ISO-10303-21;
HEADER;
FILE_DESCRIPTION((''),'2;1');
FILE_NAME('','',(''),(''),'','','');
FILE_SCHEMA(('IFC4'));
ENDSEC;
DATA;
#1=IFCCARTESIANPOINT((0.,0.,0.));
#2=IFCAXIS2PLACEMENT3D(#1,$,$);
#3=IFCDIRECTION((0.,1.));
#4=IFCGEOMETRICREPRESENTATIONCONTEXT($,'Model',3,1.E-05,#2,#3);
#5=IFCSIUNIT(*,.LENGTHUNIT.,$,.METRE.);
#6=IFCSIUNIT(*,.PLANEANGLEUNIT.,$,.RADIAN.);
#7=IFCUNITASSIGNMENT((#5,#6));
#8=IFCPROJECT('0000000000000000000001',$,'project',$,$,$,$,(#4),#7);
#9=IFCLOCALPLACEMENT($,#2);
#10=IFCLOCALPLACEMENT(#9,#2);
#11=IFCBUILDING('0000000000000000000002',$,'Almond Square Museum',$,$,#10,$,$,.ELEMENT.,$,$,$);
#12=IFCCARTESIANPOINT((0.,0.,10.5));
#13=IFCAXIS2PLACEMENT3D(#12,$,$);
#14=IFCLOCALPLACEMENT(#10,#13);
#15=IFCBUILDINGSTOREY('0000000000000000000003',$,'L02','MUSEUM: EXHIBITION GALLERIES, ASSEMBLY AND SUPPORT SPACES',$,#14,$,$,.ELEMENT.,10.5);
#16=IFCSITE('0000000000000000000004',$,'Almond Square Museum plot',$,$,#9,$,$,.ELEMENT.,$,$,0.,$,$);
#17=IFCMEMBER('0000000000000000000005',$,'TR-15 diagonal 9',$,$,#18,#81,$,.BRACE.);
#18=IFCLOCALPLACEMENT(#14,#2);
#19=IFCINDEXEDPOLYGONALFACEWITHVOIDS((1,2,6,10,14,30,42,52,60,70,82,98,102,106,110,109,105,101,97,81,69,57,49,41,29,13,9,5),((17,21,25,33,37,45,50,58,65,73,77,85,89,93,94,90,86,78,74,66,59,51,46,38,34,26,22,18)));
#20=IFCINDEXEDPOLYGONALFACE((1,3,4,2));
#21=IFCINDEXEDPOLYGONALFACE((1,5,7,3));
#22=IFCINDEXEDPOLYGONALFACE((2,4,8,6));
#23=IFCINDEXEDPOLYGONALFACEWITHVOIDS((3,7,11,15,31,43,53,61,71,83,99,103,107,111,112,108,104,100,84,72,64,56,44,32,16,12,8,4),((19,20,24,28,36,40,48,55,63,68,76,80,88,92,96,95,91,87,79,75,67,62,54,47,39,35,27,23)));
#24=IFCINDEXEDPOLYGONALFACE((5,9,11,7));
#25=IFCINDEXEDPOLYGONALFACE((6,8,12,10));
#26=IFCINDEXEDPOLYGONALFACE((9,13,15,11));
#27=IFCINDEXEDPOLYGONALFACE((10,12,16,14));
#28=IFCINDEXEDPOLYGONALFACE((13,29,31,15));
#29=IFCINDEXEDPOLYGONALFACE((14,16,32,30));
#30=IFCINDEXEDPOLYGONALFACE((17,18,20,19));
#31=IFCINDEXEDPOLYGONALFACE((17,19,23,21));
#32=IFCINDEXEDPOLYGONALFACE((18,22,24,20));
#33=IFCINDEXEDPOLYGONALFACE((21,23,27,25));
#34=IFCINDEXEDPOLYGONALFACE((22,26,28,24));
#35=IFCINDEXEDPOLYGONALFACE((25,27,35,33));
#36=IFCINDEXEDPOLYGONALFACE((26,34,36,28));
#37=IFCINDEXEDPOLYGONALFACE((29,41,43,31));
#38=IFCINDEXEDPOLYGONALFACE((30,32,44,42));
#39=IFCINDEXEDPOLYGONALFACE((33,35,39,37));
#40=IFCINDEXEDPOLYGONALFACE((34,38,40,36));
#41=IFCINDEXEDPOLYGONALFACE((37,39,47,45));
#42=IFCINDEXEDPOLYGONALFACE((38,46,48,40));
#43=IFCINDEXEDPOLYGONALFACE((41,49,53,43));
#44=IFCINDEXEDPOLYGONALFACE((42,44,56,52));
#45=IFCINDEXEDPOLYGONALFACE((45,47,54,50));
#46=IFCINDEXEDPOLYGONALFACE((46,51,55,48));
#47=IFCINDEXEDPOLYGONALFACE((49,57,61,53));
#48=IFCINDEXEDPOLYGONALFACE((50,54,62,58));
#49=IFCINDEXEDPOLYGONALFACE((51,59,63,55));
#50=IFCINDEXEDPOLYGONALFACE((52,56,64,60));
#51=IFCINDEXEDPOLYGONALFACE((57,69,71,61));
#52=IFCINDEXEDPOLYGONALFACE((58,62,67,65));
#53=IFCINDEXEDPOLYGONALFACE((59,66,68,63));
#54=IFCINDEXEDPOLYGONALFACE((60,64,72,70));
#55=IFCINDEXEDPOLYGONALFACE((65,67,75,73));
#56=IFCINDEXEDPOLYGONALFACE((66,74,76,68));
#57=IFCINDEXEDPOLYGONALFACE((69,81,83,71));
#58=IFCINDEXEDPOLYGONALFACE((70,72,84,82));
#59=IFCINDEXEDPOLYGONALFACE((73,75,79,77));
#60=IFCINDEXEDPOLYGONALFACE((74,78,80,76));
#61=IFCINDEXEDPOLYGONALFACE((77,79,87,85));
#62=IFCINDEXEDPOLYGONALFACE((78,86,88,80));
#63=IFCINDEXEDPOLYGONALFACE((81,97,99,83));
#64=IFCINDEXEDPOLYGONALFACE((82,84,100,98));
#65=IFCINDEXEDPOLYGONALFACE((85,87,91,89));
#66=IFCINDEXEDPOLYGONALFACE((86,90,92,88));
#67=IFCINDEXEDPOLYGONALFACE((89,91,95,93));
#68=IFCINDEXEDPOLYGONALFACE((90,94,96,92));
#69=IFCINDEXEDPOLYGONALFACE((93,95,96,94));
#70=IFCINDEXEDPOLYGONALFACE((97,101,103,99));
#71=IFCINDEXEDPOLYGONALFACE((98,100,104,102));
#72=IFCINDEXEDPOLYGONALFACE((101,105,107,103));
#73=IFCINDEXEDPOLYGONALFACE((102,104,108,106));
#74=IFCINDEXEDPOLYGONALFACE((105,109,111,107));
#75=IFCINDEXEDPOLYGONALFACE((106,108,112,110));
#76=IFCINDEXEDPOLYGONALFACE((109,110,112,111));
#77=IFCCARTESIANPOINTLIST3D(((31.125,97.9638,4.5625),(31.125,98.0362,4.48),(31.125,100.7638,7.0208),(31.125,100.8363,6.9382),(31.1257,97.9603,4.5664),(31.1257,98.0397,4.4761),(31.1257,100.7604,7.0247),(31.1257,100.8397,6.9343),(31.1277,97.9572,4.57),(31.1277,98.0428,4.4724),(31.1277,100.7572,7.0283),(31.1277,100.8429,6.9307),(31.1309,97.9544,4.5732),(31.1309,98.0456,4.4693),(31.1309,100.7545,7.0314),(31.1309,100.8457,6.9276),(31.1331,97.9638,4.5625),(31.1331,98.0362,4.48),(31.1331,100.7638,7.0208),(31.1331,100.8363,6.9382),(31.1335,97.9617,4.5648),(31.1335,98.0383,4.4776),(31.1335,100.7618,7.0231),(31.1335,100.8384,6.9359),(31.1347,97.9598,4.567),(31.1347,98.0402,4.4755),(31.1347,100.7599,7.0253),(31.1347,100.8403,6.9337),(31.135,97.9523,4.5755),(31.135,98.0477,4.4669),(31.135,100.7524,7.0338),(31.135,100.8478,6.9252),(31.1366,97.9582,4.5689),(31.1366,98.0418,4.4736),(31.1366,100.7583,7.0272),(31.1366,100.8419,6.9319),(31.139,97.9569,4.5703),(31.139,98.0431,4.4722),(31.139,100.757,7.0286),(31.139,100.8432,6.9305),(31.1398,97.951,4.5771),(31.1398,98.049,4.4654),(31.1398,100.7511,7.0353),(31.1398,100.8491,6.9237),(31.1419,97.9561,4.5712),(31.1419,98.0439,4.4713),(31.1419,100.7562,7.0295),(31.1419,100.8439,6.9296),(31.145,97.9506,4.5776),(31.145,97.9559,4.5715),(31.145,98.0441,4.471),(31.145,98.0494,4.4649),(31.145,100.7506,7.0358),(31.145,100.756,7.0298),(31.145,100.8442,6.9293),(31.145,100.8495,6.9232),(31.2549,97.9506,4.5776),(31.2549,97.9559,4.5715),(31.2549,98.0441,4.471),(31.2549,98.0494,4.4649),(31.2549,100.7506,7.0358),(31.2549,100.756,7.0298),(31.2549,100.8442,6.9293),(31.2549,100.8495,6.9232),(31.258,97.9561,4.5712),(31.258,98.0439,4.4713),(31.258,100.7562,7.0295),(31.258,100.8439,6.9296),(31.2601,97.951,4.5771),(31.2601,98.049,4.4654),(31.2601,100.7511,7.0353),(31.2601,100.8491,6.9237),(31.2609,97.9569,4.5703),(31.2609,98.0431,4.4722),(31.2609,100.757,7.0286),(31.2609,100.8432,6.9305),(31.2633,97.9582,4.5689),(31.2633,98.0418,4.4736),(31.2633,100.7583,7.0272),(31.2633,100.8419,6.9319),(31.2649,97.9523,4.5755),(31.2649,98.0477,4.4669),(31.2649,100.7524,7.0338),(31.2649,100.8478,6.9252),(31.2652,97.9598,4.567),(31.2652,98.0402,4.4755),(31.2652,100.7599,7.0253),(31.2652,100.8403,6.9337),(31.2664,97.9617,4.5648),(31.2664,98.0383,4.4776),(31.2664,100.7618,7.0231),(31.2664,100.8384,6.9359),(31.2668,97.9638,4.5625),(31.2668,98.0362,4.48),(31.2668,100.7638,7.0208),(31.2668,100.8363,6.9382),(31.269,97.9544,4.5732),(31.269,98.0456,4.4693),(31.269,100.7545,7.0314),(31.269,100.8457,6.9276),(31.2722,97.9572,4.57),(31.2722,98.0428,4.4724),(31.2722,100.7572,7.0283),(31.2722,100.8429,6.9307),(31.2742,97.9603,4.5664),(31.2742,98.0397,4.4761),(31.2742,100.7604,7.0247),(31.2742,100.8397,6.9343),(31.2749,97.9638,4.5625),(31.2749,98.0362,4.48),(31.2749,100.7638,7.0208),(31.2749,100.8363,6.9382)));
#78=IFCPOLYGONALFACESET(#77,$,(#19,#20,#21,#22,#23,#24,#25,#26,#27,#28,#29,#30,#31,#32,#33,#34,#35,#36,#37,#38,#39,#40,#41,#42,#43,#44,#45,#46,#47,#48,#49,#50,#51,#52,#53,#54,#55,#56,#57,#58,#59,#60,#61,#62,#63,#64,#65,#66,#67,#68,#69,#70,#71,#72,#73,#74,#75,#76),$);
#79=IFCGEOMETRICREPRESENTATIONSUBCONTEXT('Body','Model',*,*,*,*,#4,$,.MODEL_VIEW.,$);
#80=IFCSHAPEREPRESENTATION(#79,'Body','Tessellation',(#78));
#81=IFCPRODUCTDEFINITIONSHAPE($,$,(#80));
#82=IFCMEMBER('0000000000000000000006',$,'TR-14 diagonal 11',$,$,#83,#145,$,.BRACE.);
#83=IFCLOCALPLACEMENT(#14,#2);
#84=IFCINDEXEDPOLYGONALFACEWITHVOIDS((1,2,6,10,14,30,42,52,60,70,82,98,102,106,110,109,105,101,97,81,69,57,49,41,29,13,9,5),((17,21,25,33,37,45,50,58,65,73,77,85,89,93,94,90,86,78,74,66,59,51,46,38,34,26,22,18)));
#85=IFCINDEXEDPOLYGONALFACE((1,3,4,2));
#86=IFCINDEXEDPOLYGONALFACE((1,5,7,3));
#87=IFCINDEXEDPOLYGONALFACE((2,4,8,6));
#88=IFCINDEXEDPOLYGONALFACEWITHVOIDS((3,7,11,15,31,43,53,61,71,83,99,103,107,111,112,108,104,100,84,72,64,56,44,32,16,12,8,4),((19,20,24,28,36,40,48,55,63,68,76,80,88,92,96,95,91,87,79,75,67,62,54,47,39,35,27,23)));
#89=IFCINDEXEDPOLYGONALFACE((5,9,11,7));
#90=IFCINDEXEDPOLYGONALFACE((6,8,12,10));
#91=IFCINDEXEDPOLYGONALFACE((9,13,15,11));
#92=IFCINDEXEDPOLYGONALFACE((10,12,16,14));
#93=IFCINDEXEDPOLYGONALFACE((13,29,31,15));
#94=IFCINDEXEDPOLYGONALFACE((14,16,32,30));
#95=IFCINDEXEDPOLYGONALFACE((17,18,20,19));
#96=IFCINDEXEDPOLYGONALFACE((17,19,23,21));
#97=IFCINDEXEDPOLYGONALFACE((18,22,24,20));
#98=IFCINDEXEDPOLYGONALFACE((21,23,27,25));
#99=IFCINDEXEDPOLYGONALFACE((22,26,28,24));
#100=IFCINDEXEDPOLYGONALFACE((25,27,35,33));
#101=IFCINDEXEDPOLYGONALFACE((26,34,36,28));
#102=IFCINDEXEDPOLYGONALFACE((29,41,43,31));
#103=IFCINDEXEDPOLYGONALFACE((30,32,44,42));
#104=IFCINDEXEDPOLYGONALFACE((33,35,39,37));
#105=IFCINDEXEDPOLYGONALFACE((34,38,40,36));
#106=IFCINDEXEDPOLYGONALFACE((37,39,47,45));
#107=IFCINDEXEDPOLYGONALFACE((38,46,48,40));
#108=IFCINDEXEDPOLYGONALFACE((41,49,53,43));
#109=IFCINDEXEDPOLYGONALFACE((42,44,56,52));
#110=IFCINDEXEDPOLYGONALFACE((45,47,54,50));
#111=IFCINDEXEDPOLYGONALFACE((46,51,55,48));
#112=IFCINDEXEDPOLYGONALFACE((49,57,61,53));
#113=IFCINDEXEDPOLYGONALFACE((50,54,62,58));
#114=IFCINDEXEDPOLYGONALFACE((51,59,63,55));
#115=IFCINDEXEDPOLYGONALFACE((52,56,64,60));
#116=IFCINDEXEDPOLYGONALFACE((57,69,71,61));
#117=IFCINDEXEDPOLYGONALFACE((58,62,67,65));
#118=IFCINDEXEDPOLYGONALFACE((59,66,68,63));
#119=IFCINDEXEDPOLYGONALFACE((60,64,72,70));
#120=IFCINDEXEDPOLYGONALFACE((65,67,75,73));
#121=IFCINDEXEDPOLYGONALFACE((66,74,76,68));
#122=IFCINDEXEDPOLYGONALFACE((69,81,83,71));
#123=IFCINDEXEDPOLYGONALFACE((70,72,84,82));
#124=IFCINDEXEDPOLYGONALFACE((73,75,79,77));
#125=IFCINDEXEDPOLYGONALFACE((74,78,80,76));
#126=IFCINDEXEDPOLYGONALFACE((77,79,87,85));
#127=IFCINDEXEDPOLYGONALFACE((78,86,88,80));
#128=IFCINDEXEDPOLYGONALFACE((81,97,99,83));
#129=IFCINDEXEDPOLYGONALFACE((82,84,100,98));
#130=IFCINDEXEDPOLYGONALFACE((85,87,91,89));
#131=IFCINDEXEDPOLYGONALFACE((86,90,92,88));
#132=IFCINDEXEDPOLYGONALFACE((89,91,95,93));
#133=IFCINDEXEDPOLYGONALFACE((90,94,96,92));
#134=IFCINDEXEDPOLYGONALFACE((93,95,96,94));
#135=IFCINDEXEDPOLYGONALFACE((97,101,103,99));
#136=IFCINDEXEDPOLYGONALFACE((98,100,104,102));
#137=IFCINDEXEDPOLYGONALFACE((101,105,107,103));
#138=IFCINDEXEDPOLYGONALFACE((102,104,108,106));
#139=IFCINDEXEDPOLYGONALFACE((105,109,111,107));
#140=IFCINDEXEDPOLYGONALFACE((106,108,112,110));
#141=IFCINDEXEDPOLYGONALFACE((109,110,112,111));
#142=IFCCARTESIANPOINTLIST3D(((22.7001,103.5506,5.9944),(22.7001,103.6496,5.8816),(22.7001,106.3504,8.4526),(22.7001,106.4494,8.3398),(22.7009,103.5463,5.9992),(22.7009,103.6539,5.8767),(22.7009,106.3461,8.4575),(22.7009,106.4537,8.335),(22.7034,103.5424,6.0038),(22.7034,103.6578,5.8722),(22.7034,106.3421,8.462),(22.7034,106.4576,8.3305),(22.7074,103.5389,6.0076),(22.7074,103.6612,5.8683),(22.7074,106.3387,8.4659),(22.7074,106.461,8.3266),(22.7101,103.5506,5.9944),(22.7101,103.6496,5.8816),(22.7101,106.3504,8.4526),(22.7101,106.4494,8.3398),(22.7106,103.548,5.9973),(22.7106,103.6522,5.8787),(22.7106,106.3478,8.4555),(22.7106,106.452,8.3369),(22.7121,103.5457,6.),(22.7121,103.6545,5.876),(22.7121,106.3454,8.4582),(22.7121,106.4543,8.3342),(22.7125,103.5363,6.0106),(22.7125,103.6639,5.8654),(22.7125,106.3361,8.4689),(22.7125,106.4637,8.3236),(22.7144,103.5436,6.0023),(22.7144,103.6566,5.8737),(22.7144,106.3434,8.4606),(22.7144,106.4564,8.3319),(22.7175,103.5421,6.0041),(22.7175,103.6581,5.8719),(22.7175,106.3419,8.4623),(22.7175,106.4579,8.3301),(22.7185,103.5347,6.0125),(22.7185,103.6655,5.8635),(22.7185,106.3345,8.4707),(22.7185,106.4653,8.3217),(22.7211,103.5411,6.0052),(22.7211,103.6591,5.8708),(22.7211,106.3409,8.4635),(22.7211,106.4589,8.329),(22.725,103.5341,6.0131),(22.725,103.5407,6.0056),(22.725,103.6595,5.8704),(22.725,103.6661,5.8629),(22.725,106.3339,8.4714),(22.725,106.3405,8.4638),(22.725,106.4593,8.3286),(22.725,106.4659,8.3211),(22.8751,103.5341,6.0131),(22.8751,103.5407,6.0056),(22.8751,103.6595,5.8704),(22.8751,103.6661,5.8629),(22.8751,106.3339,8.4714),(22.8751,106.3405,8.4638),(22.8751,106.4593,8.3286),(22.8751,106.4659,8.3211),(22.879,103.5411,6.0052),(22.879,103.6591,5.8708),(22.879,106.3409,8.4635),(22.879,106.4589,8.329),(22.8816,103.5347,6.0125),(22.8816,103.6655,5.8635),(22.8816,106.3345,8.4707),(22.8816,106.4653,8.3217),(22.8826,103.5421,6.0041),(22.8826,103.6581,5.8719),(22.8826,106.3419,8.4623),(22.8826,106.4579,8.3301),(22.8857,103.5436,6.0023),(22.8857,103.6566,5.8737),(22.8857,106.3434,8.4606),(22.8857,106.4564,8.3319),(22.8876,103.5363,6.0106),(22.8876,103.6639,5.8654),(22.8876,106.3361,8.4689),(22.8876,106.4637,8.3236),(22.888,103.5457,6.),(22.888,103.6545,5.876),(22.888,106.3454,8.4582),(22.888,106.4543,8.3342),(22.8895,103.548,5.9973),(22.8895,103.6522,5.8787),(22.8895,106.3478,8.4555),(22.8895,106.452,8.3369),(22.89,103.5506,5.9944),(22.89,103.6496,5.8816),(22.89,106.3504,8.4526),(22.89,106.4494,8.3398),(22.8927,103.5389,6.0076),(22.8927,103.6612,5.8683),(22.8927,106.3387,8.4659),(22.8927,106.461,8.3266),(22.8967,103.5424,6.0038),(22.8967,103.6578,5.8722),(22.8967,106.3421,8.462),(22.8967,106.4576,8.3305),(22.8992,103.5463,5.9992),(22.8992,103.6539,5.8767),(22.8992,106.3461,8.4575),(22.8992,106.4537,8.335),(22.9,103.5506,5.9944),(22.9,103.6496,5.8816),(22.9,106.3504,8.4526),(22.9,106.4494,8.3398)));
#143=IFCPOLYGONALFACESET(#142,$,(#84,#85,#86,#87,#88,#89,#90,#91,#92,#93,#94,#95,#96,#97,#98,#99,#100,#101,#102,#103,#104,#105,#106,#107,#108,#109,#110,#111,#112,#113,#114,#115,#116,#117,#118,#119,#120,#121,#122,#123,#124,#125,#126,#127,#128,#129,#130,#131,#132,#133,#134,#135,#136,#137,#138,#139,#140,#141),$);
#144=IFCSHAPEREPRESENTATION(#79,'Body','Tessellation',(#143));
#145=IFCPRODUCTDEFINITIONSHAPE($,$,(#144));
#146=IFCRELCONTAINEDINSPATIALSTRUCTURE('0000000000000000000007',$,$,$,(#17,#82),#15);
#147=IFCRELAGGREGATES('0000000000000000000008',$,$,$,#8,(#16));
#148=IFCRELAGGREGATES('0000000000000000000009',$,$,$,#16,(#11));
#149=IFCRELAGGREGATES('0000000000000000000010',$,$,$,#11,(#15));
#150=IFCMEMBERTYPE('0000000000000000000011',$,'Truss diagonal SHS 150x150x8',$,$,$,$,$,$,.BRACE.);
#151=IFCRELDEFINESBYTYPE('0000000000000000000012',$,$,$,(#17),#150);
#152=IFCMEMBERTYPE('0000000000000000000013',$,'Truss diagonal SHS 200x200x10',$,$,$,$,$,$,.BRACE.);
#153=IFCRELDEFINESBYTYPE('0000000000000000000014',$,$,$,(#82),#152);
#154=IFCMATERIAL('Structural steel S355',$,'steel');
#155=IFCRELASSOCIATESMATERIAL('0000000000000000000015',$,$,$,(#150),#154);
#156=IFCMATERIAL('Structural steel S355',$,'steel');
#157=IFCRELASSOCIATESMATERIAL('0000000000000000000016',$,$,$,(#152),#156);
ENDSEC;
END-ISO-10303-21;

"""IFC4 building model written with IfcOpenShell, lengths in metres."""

from ifc_helpers import new_model, si_unit, direction, frame, origin, origin_2d, place, context, subcontext, project, spatial, hollow_rectangle, extrude, material, material_profile, profile_set, type_object, element, save


model = new_model("IFC4")

# Units and contexts
model_context = context("Model", 3, precision=1e-05, world=origin(), true_north=direction((0.0, 1.0)))
body_context = subcontext(model_context, "Body", "Model", "MODEL_VIEW")
ifc_project = project(units=[si_unit("LENGTHUNIT", "METRE"), si_unit("PLANEANGLEUNIT", "RADIAN")], contexts=[model_context])

# Site, building, storey
site_placement = place(None, origin())
site = spatial("IfcSite", under=ifc_project, at=site_placement, Name="Almond Square Museum plot", CompositionType="ELEMENT", RefElevation=0.0)
building_placement = place(site_placement, origin())
building = spatial("IfcBuilding", under=site, at=building_placement, Name="Almond Square Museum", CompositionType="ELEMENT")
storey_placement = place(building_placement, frame((0.0, 0.0, 10.5)))
storey = spatial("IfcBuildingStorey", under=building, at=storey_placement, Name="L02", Description="MUSEUM: EXHIBITION GALLERIES, ASSEMBLY AND SUPPORT SPACES", CompositionType="ELEMENT", Elevation=10.5)

# Members
ifc_material_1 = material(Name="Structural steel S355", Category="steel")
ifc_material_profile_1 = material_profile(ifc_material_1, hollow_rectangle(XDim=0.1499, YDim=0.1499, WallThickness=0.0081, InnerFilletRadius=0.012, OuterFilletRadius=0.02, at=origin_2d()))
ifc_profile_set_1 = profile_set([ifc_material_profile_1], Name="Structural steel S355")
member_type_1 = type_object("IfcMemberType", Name="Truss diagonal SHS 150x150x8", PredefinedType="BRACE", material=ifc_profile_set_1)
member_1_placement = place(storey_placement, frame((31.2, 98.0, 4.5212), z_axis=(0.0, 0.751484, 0.659752), x_axis=(-1.0, 0.0, 0.0)))
element("IfcMember", 1, at=member_1_placement, inside=storey, type_object=member_type_1, Name="TR-15 diagonal 9", PredefinedType="BRACE", context=body_context, shape_type="SweptSolid", body=[
    extrude(hollow_rectangle(XDim=0.1499, YDim=0.1499, WallThickness=0.0081, InnerFilletRadius=0.012, OuterFilletRadius=0.02, at=origin_2d()), origin(), (0.0, 0.0, 1.0), 3.7261),
])
ifc_material_2 = material(Name="Structural steel S355", Category="steel")
ifc_material_profile_2 = material_profile(ifc_material_2, hollow_rectangle(XDim=0.2, YDim=0.2, WallThickness=0.01, InnerFilletRadius=0.0149, OuterFilletRadius=0.0249, at=origin_2d()))
ifc_profile_set_2 = profile_set([ifc_material_profile_2], Name="Structural steel S355")
member_type_2 = type_object("IfcMemberType", Name="Truss diagonal SHS 200x200x10", PredefinedType="BRACE", material=ifc_profile_set_2)
member_2_placement = place(storey_placement, frame((22.8, 103.6001, 5.938), z_axis=(0.0, 0.751455, 0.659784), x_axis=(-1.0, 0.0, 0.0)))
element("IfcMember", 2, at=member_2_placement, inside=storey, type_object=member_type_2, Name="TR-14 diagonal 11", PredefinedType="BRACE", context=body_context, shape_type="SweptSolid", body=[
    extrude(hollow_rectangle(XDim=0.2, YDim=0.2, WallThickness=0.01, InnerFilletRadius=0.0149, OuterFilletRadius=0.0249, at=origin_2d()), origin(), (0.0, 0.0, 1.0), 3.7258),
])

save(model, "model.ifc")
